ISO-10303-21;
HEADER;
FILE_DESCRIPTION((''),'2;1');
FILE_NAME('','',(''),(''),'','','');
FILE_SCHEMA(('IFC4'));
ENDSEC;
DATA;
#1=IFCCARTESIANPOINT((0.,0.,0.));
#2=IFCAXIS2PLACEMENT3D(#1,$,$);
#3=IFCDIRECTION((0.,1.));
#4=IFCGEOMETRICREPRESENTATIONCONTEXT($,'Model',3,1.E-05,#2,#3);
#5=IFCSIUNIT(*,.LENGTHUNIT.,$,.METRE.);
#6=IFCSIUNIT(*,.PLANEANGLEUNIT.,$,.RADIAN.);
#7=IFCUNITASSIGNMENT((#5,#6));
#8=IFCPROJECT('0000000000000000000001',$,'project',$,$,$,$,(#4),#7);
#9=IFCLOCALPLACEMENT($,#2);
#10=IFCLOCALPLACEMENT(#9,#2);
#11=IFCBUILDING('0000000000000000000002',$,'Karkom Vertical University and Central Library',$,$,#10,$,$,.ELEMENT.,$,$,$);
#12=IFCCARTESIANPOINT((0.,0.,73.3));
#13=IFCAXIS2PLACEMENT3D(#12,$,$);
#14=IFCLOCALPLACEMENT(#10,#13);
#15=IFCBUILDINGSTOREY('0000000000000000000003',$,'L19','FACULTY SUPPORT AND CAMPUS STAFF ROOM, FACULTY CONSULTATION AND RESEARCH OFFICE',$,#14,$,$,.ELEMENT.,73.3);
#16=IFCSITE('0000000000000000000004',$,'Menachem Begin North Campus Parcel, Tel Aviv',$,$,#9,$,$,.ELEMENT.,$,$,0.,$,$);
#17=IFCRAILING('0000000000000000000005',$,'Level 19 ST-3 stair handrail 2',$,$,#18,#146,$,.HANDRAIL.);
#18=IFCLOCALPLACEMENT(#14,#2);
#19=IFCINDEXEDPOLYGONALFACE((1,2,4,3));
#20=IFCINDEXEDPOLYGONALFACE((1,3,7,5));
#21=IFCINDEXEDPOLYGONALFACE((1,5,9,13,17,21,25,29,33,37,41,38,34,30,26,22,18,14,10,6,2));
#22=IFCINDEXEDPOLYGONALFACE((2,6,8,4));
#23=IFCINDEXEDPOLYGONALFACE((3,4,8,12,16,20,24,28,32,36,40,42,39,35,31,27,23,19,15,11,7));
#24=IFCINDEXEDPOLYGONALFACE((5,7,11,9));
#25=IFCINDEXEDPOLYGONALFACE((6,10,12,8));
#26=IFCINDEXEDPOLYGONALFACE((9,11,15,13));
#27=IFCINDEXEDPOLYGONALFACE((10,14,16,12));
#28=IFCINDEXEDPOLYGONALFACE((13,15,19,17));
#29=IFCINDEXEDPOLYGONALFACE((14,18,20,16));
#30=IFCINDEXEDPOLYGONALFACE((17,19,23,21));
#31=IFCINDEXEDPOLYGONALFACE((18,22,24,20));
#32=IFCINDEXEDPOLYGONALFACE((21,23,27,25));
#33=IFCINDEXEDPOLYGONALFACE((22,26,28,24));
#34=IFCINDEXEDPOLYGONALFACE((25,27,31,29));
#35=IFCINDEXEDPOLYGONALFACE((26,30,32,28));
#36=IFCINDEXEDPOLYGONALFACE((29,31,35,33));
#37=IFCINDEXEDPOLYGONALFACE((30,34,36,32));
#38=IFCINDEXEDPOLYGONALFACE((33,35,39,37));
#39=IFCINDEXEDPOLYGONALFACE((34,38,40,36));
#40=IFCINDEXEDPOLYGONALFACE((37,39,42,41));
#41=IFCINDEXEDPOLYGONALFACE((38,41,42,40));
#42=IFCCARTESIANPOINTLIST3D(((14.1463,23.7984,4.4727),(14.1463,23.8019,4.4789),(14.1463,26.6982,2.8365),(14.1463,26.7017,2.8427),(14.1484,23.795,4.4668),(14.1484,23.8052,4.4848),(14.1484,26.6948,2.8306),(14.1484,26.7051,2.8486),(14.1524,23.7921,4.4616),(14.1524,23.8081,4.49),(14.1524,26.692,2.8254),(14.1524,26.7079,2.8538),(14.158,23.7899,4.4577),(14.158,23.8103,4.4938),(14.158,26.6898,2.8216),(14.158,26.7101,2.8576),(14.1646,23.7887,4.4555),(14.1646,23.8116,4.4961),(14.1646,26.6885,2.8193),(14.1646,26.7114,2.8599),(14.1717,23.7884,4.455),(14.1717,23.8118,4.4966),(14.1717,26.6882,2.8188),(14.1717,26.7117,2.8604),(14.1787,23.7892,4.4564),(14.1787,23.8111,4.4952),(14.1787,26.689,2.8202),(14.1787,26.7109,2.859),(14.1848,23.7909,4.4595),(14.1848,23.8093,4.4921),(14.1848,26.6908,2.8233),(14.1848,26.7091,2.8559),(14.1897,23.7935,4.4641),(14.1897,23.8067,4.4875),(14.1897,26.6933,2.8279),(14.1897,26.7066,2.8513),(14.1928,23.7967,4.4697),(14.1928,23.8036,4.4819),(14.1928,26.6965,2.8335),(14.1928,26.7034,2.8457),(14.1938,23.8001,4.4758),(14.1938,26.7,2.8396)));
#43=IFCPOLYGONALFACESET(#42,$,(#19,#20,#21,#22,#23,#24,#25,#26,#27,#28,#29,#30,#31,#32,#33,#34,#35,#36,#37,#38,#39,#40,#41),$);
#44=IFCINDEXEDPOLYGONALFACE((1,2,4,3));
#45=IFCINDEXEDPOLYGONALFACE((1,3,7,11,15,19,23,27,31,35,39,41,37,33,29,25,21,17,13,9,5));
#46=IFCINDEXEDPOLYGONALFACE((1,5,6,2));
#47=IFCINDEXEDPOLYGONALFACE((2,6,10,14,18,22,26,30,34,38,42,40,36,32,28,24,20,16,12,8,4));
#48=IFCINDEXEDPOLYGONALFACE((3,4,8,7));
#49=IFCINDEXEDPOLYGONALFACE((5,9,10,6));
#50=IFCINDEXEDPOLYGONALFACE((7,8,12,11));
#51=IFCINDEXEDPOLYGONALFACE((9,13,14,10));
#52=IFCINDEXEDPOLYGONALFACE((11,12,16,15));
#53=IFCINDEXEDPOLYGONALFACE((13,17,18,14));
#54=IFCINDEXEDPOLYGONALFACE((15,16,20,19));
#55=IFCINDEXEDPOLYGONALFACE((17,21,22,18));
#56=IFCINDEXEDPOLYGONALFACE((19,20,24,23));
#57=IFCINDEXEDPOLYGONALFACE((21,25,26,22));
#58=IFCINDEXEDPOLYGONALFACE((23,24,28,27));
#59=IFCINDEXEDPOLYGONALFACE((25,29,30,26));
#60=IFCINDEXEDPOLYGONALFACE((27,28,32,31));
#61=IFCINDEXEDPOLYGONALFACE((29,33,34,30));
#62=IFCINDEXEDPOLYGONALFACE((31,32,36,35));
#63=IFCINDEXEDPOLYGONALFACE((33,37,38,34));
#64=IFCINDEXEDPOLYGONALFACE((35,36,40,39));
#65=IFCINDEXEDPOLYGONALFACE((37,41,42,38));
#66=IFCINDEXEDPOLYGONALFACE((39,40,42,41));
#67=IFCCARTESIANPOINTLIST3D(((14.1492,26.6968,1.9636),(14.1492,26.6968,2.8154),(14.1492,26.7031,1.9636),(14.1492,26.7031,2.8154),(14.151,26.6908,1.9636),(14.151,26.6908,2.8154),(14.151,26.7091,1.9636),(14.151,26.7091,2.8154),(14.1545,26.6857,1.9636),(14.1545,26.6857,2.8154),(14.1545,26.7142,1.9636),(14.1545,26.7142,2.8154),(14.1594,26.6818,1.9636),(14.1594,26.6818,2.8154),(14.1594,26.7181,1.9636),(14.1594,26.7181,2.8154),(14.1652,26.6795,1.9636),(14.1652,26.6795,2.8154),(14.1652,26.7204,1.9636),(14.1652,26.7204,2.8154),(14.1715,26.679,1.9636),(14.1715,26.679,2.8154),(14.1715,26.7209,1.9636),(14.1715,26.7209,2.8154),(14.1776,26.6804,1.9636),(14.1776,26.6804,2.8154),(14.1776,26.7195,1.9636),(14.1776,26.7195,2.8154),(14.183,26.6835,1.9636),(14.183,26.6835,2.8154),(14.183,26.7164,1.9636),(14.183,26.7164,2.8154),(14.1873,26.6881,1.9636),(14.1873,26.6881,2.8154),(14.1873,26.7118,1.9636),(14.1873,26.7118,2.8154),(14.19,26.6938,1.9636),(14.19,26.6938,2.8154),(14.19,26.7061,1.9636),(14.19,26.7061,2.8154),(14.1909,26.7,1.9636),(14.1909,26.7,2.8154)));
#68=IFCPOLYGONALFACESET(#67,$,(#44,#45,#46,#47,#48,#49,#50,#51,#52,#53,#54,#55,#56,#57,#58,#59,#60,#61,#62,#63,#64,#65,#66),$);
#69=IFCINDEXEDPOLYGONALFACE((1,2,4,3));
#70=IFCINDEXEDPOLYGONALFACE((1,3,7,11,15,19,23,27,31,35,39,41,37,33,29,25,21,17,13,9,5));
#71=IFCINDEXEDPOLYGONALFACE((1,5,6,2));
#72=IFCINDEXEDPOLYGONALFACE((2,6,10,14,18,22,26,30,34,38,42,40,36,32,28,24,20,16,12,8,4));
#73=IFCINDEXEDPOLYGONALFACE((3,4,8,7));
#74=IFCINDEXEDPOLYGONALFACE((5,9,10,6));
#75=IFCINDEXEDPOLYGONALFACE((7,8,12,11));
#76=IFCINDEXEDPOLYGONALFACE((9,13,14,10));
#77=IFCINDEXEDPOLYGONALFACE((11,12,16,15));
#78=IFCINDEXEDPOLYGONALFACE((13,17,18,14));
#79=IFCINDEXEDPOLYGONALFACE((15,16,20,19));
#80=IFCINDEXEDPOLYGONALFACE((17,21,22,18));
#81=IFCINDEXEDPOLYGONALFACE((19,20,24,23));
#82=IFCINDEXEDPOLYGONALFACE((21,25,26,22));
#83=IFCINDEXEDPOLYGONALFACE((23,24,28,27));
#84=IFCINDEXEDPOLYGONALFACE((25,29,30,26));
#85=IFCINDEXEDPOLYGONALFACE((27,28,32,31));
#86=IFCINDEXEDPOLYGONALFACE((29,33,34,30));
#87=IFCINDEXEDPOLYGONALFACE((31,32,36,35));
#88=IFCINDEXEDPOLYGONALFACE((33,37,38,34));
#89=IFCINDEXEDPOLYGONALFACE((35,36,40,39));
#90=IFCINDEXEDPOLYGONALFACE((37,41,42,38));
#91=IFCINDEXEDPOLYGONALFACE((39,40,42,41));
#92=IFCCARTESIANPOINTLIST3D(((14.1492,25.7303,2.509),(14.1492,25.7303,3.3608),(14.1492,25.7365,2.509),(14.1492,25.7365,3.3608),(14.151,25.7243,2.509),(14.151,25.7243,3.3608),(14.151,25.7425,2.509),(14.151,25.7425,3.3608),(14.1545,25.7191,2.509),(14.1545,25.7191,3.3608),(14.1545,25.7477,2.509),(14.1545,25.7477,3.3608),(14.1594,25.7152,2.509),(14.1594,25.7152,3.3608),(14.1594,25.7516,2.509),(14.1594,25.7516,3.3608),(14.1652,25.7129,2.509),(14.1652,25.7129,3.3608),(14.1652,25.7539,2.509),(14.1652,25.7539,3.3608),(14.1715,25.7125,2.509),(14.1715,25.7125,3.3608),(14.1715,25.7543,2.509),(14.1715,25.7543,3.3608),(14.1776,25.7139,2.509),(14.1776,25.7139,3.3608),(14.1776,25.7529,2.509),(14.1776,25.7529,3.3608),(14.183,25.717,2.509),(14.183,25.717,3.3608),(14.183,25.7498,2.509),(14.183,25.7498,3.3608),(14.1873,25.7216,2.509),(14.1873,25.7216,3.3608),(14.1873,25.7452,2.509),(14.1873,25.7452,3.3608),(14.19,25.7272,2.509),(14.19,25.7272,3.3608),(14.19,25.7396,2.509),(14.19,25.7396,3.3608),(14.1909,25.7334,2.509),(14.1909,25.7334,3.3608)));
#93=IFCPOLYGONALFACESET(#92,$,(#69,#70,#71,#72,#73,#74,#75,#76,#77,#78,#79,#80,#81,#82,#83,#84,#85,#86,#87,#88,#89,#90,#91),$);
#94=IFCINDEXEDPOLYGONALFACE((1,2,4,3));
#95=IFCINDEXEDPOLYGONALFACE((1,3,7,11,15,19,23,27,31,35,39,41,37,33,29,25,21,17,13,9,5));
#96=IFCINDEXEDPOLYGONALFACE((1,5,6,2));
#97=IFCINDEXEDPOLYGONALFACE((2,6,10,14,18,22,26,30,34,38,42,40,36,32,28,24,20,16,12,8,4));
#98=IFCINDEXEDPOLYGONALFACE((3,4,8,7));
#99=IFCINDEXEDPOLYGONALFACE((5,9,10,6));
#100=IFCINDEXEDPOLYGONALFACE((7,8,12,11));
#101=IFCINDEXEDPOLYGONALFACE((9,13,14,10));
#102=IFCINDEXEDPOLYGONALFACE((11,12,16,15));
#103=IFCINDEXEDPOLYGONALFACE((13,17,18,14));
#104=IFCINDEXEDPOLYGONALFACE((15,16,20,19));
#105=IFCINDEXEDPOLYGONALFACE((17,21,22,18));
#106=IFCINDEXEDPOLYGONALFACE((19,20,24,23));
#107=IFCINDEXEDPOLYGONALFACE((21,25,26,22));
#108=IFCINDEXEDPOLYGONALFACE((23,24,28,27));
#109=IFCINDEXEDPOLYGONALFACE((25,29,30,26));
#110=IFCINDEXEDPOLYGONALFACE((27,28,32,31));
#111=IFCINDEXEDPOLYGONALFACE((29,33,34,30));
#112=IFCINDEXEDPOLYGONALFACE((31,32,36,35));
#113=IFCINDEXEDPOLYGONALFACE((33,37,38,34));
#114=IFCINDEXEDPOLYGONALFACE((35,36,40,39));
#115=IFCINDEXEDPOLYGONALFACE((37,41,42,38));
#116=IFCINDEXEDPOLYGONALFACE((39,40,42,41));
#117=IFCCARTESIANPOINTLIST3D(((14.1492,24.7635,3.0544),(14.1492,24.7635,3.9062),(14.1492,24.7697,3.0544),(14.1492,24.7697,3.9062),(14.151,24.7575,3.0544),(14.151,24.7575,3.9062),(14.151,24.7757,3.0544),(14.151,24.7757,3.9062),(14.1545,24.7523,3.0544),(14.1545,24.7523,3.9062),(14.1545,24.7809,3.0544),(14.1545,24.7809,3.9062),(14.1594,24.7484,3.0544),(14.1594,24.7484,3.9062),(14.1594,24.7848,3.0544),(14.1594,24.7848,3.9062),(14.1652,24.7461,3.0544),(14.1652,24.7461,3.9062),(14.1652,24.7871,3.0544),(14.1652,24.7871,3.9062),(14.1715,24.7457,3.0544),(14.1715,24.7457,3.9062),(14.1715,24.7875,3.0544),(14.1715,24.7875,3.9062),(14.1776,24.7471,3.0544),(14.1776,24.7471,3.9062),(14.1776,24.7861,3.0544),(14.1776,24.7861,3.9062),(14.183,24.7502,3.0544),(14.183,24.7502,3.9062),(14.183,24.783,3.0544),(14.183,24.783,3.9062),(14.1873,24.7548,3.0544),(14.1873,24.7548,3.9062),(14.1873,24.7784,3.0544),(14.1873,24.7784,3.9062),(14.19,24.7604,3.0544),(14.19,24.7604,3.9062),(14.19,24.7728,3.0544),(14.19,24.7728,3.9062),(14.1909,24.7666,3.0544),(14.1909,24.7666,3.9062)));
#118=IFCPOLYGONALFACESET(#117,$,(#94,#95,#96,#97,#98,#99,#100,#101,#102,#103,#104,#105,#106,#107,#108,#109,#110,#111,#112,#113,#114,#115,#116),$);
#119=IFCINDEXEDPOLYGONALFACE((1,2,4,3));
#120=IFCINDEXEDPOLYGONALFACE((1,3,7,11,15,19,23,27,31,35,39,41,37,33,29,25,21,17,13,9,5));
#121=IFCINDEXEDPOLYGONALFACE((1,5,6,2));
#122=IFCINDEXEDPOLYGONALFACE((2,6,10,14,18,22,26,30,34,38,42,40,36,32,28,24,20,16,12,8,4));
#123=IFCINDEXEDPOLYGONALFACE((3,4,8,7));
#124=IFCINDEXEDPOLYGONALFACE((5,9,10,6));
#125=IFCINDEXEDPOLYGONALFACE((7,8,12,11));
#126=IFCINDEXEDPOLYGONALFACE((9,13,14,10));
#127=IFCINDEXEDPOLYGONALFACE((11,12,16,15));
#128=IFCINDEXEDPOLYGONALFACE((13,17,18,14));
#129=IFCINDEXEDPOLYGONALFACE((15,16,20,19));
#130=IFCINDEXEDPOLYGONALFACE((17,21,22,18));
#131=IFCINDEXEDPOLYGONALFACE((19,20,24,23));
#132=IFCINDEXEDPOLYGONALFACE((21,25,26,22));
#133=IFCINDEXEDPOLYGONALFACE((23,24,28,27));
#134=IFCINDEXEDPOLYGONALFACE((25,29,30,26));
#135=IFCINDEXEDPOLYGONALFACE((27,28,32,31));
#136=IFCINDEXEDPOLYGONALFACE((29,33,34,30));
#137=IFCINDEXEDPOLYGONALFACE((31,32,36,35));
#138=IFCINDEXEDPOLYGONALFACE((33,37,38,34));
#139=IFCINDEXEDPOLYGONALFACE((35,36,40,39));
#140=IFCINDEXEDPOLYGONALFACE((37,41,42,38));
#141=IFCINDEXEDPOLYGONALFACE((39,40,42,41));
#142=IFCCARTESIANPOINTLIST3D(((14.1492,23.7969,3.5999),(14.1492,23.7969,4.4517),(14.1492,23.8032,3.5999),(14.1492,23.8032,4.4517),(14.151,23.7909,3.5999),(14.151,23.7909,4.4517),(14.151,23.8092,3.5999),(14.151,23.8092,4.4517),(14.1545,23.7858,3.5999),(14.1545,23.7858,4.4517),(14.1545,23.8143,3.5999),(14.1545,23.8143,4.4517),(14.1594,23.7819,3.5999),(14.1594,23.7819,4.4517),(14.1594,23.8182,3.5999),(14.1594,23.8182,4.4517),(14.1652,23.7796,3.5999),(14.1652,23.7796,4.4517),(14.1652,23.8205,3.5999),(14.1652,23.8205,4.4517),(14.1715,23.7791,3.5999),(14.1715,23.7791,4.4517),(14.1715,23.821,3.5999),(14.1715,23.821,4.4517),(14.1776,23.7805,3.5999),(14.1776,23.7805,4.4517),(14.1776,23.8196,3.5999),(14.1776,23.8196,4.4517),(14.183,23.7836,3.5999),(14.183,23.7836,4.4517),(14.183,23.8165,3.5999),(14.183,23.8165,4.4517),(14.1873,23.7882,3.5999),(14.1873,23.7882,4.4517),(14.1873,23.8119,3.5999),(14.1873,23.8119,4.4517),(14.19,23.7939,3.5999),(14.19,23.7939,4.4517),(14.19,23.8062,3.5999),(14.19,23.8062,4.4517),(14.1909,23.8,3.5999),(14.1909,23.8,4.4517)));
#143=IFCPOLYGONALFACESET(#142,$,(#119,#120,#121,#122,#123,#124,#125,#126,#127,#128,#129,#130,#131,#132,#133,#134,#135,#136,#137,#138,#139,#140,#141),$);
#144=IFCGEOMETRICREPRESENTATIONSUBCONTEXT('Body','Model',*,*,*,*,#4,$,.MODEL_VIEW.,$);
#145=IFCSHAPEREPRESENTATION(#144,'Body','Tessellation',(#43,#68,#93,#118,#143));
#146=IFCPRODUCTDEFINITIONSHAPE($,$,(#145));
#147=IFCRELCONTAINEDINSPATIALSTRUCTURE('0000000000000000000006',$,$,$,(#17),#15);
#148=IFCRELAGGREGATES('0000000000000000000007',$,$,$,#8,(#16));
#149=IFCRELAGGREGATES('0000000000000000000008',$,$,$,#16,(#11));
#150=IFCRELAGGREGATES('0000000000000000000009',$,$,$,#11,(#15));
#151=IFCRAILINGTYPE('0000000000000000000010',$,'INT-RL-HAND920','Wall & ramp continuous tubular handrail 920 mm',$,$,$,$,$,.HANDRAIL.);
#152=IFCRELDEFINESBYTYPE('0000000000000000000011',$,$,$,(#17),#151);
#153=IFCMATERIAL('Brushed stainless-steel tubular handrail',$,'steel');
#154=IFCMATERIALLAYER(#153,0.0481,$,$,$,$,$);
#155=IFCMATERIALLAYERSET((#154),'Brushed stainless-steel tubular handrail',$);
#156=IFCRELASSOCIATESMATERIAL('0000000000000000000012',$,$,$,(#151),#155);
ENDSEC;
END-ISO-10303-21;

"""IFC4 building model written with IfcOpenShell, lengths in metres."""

from ifc_helpers import new_model, si_unit, direction, frame, origin, origin_2d, place, context, subcontext, project, spatial, circle, extrude, material, layer, layer_set, type_object, element, save


model = new_model("IFC4")

# Units and contexts
model_context = context("Model", 3, precision=1e-05, world=origin(), true_north=direction((0.0, 1.0)))
body_context = subcontext(model_context, "Body", "Model", "MODEL_VIEW")
ifc_project = project(units=[si_unit("LENGTHUNIT", "METRE"), si_unit("PLANEANGLEUNIT", "RADIAN")], contexts=[model_context])

# Site, building, storey
site_placement = place(None, origin())
site = spatial("IfcSite", under=ifc_project, at=site_placement, Name="Menachem Begin North Campus Parcel, Tel Aviv", CompositionType="ELEMENT", RefElevation=0.0)
building_placement = place(site_placement, origin())
building = spatial("IfcBuilding", under=site, at=building_placement, Name="Karkom Vertical University and Central Library", CompositionType="ELEMENT")
storey_placement = place(building_placement, frame((0.0, 0.0, 73.3)))
storey = spatial("IfcBuildingStorey", under=building, at=storey_placement, Name="L19", Description="FACULTY SUPPORT AND CAMPUS STAFF ROOM, FACULTY CONSULTATION AND RESEARCH OFFICE", CompositionType="ELEMENT", Elevation=73.3)

# Railing
ifc_material_1 = material(Name="Brushed stainless-steel tubular handrail", Category="steel")
ifc_layer_1 = layer(ifc_material_1, 0.0481)
ifc_layer_set_1 = layer_set([ifc_layer_1], Name="Brushed stainless-steel tubular handrail")
railing_type_1 = type_object("IfcRailingType", Name="INT-RL-HAND920", Description="Wall & ramp continuous tubular handrail 920 mm", PredefinedType="HANDRAIL", material=ifc_layer_set_1)
railing_1_placement = place(storey_placement, frame((14.1699, 26.7, 1.9636)))
element("IfcRailing", 1, at=railing_1_placement, inside=storey, type_object=railing_type_1, Name="Level 19 ST-3 stair handrail 2", PredefinedType="HANDRAIL", context=body_context, shape_type="SweptSolid", body=[
    extrude(circle(Radius=0.0239, at=origin_2d()), frame((0.0, 0.0, 0.876), z_axis=(0.0, -0.870929, 0.49141), x_axis=(1.0, 0.0, 0.0)), (0.0, 0.0, 1.0), 3.3296),
    extrude(circle(Radius=0.021, at=origin_2d()), origin(), (0.0, 0.0, 1.0), 0.8518),
    extrude(circle(Radius=0.021, at=origin_2d()), frame((0.0, -0.9666, 0.5454)), (0.0, 0.0, 1.0), 0.8518),
    extrude(circle(Radius=0.021, at=origin_2d()), frame((0.0, -1.9333, 1.0908)), (0.0, 0.0, 1.0), 0.8518),
    extrude(circle(Radius=0.021, at=origin_2d()), frame((0.0, -2.8999, 1.6362)), (0.0, 0.0, 1.0), 0.8518),
])

save(model, "model.ifc")
